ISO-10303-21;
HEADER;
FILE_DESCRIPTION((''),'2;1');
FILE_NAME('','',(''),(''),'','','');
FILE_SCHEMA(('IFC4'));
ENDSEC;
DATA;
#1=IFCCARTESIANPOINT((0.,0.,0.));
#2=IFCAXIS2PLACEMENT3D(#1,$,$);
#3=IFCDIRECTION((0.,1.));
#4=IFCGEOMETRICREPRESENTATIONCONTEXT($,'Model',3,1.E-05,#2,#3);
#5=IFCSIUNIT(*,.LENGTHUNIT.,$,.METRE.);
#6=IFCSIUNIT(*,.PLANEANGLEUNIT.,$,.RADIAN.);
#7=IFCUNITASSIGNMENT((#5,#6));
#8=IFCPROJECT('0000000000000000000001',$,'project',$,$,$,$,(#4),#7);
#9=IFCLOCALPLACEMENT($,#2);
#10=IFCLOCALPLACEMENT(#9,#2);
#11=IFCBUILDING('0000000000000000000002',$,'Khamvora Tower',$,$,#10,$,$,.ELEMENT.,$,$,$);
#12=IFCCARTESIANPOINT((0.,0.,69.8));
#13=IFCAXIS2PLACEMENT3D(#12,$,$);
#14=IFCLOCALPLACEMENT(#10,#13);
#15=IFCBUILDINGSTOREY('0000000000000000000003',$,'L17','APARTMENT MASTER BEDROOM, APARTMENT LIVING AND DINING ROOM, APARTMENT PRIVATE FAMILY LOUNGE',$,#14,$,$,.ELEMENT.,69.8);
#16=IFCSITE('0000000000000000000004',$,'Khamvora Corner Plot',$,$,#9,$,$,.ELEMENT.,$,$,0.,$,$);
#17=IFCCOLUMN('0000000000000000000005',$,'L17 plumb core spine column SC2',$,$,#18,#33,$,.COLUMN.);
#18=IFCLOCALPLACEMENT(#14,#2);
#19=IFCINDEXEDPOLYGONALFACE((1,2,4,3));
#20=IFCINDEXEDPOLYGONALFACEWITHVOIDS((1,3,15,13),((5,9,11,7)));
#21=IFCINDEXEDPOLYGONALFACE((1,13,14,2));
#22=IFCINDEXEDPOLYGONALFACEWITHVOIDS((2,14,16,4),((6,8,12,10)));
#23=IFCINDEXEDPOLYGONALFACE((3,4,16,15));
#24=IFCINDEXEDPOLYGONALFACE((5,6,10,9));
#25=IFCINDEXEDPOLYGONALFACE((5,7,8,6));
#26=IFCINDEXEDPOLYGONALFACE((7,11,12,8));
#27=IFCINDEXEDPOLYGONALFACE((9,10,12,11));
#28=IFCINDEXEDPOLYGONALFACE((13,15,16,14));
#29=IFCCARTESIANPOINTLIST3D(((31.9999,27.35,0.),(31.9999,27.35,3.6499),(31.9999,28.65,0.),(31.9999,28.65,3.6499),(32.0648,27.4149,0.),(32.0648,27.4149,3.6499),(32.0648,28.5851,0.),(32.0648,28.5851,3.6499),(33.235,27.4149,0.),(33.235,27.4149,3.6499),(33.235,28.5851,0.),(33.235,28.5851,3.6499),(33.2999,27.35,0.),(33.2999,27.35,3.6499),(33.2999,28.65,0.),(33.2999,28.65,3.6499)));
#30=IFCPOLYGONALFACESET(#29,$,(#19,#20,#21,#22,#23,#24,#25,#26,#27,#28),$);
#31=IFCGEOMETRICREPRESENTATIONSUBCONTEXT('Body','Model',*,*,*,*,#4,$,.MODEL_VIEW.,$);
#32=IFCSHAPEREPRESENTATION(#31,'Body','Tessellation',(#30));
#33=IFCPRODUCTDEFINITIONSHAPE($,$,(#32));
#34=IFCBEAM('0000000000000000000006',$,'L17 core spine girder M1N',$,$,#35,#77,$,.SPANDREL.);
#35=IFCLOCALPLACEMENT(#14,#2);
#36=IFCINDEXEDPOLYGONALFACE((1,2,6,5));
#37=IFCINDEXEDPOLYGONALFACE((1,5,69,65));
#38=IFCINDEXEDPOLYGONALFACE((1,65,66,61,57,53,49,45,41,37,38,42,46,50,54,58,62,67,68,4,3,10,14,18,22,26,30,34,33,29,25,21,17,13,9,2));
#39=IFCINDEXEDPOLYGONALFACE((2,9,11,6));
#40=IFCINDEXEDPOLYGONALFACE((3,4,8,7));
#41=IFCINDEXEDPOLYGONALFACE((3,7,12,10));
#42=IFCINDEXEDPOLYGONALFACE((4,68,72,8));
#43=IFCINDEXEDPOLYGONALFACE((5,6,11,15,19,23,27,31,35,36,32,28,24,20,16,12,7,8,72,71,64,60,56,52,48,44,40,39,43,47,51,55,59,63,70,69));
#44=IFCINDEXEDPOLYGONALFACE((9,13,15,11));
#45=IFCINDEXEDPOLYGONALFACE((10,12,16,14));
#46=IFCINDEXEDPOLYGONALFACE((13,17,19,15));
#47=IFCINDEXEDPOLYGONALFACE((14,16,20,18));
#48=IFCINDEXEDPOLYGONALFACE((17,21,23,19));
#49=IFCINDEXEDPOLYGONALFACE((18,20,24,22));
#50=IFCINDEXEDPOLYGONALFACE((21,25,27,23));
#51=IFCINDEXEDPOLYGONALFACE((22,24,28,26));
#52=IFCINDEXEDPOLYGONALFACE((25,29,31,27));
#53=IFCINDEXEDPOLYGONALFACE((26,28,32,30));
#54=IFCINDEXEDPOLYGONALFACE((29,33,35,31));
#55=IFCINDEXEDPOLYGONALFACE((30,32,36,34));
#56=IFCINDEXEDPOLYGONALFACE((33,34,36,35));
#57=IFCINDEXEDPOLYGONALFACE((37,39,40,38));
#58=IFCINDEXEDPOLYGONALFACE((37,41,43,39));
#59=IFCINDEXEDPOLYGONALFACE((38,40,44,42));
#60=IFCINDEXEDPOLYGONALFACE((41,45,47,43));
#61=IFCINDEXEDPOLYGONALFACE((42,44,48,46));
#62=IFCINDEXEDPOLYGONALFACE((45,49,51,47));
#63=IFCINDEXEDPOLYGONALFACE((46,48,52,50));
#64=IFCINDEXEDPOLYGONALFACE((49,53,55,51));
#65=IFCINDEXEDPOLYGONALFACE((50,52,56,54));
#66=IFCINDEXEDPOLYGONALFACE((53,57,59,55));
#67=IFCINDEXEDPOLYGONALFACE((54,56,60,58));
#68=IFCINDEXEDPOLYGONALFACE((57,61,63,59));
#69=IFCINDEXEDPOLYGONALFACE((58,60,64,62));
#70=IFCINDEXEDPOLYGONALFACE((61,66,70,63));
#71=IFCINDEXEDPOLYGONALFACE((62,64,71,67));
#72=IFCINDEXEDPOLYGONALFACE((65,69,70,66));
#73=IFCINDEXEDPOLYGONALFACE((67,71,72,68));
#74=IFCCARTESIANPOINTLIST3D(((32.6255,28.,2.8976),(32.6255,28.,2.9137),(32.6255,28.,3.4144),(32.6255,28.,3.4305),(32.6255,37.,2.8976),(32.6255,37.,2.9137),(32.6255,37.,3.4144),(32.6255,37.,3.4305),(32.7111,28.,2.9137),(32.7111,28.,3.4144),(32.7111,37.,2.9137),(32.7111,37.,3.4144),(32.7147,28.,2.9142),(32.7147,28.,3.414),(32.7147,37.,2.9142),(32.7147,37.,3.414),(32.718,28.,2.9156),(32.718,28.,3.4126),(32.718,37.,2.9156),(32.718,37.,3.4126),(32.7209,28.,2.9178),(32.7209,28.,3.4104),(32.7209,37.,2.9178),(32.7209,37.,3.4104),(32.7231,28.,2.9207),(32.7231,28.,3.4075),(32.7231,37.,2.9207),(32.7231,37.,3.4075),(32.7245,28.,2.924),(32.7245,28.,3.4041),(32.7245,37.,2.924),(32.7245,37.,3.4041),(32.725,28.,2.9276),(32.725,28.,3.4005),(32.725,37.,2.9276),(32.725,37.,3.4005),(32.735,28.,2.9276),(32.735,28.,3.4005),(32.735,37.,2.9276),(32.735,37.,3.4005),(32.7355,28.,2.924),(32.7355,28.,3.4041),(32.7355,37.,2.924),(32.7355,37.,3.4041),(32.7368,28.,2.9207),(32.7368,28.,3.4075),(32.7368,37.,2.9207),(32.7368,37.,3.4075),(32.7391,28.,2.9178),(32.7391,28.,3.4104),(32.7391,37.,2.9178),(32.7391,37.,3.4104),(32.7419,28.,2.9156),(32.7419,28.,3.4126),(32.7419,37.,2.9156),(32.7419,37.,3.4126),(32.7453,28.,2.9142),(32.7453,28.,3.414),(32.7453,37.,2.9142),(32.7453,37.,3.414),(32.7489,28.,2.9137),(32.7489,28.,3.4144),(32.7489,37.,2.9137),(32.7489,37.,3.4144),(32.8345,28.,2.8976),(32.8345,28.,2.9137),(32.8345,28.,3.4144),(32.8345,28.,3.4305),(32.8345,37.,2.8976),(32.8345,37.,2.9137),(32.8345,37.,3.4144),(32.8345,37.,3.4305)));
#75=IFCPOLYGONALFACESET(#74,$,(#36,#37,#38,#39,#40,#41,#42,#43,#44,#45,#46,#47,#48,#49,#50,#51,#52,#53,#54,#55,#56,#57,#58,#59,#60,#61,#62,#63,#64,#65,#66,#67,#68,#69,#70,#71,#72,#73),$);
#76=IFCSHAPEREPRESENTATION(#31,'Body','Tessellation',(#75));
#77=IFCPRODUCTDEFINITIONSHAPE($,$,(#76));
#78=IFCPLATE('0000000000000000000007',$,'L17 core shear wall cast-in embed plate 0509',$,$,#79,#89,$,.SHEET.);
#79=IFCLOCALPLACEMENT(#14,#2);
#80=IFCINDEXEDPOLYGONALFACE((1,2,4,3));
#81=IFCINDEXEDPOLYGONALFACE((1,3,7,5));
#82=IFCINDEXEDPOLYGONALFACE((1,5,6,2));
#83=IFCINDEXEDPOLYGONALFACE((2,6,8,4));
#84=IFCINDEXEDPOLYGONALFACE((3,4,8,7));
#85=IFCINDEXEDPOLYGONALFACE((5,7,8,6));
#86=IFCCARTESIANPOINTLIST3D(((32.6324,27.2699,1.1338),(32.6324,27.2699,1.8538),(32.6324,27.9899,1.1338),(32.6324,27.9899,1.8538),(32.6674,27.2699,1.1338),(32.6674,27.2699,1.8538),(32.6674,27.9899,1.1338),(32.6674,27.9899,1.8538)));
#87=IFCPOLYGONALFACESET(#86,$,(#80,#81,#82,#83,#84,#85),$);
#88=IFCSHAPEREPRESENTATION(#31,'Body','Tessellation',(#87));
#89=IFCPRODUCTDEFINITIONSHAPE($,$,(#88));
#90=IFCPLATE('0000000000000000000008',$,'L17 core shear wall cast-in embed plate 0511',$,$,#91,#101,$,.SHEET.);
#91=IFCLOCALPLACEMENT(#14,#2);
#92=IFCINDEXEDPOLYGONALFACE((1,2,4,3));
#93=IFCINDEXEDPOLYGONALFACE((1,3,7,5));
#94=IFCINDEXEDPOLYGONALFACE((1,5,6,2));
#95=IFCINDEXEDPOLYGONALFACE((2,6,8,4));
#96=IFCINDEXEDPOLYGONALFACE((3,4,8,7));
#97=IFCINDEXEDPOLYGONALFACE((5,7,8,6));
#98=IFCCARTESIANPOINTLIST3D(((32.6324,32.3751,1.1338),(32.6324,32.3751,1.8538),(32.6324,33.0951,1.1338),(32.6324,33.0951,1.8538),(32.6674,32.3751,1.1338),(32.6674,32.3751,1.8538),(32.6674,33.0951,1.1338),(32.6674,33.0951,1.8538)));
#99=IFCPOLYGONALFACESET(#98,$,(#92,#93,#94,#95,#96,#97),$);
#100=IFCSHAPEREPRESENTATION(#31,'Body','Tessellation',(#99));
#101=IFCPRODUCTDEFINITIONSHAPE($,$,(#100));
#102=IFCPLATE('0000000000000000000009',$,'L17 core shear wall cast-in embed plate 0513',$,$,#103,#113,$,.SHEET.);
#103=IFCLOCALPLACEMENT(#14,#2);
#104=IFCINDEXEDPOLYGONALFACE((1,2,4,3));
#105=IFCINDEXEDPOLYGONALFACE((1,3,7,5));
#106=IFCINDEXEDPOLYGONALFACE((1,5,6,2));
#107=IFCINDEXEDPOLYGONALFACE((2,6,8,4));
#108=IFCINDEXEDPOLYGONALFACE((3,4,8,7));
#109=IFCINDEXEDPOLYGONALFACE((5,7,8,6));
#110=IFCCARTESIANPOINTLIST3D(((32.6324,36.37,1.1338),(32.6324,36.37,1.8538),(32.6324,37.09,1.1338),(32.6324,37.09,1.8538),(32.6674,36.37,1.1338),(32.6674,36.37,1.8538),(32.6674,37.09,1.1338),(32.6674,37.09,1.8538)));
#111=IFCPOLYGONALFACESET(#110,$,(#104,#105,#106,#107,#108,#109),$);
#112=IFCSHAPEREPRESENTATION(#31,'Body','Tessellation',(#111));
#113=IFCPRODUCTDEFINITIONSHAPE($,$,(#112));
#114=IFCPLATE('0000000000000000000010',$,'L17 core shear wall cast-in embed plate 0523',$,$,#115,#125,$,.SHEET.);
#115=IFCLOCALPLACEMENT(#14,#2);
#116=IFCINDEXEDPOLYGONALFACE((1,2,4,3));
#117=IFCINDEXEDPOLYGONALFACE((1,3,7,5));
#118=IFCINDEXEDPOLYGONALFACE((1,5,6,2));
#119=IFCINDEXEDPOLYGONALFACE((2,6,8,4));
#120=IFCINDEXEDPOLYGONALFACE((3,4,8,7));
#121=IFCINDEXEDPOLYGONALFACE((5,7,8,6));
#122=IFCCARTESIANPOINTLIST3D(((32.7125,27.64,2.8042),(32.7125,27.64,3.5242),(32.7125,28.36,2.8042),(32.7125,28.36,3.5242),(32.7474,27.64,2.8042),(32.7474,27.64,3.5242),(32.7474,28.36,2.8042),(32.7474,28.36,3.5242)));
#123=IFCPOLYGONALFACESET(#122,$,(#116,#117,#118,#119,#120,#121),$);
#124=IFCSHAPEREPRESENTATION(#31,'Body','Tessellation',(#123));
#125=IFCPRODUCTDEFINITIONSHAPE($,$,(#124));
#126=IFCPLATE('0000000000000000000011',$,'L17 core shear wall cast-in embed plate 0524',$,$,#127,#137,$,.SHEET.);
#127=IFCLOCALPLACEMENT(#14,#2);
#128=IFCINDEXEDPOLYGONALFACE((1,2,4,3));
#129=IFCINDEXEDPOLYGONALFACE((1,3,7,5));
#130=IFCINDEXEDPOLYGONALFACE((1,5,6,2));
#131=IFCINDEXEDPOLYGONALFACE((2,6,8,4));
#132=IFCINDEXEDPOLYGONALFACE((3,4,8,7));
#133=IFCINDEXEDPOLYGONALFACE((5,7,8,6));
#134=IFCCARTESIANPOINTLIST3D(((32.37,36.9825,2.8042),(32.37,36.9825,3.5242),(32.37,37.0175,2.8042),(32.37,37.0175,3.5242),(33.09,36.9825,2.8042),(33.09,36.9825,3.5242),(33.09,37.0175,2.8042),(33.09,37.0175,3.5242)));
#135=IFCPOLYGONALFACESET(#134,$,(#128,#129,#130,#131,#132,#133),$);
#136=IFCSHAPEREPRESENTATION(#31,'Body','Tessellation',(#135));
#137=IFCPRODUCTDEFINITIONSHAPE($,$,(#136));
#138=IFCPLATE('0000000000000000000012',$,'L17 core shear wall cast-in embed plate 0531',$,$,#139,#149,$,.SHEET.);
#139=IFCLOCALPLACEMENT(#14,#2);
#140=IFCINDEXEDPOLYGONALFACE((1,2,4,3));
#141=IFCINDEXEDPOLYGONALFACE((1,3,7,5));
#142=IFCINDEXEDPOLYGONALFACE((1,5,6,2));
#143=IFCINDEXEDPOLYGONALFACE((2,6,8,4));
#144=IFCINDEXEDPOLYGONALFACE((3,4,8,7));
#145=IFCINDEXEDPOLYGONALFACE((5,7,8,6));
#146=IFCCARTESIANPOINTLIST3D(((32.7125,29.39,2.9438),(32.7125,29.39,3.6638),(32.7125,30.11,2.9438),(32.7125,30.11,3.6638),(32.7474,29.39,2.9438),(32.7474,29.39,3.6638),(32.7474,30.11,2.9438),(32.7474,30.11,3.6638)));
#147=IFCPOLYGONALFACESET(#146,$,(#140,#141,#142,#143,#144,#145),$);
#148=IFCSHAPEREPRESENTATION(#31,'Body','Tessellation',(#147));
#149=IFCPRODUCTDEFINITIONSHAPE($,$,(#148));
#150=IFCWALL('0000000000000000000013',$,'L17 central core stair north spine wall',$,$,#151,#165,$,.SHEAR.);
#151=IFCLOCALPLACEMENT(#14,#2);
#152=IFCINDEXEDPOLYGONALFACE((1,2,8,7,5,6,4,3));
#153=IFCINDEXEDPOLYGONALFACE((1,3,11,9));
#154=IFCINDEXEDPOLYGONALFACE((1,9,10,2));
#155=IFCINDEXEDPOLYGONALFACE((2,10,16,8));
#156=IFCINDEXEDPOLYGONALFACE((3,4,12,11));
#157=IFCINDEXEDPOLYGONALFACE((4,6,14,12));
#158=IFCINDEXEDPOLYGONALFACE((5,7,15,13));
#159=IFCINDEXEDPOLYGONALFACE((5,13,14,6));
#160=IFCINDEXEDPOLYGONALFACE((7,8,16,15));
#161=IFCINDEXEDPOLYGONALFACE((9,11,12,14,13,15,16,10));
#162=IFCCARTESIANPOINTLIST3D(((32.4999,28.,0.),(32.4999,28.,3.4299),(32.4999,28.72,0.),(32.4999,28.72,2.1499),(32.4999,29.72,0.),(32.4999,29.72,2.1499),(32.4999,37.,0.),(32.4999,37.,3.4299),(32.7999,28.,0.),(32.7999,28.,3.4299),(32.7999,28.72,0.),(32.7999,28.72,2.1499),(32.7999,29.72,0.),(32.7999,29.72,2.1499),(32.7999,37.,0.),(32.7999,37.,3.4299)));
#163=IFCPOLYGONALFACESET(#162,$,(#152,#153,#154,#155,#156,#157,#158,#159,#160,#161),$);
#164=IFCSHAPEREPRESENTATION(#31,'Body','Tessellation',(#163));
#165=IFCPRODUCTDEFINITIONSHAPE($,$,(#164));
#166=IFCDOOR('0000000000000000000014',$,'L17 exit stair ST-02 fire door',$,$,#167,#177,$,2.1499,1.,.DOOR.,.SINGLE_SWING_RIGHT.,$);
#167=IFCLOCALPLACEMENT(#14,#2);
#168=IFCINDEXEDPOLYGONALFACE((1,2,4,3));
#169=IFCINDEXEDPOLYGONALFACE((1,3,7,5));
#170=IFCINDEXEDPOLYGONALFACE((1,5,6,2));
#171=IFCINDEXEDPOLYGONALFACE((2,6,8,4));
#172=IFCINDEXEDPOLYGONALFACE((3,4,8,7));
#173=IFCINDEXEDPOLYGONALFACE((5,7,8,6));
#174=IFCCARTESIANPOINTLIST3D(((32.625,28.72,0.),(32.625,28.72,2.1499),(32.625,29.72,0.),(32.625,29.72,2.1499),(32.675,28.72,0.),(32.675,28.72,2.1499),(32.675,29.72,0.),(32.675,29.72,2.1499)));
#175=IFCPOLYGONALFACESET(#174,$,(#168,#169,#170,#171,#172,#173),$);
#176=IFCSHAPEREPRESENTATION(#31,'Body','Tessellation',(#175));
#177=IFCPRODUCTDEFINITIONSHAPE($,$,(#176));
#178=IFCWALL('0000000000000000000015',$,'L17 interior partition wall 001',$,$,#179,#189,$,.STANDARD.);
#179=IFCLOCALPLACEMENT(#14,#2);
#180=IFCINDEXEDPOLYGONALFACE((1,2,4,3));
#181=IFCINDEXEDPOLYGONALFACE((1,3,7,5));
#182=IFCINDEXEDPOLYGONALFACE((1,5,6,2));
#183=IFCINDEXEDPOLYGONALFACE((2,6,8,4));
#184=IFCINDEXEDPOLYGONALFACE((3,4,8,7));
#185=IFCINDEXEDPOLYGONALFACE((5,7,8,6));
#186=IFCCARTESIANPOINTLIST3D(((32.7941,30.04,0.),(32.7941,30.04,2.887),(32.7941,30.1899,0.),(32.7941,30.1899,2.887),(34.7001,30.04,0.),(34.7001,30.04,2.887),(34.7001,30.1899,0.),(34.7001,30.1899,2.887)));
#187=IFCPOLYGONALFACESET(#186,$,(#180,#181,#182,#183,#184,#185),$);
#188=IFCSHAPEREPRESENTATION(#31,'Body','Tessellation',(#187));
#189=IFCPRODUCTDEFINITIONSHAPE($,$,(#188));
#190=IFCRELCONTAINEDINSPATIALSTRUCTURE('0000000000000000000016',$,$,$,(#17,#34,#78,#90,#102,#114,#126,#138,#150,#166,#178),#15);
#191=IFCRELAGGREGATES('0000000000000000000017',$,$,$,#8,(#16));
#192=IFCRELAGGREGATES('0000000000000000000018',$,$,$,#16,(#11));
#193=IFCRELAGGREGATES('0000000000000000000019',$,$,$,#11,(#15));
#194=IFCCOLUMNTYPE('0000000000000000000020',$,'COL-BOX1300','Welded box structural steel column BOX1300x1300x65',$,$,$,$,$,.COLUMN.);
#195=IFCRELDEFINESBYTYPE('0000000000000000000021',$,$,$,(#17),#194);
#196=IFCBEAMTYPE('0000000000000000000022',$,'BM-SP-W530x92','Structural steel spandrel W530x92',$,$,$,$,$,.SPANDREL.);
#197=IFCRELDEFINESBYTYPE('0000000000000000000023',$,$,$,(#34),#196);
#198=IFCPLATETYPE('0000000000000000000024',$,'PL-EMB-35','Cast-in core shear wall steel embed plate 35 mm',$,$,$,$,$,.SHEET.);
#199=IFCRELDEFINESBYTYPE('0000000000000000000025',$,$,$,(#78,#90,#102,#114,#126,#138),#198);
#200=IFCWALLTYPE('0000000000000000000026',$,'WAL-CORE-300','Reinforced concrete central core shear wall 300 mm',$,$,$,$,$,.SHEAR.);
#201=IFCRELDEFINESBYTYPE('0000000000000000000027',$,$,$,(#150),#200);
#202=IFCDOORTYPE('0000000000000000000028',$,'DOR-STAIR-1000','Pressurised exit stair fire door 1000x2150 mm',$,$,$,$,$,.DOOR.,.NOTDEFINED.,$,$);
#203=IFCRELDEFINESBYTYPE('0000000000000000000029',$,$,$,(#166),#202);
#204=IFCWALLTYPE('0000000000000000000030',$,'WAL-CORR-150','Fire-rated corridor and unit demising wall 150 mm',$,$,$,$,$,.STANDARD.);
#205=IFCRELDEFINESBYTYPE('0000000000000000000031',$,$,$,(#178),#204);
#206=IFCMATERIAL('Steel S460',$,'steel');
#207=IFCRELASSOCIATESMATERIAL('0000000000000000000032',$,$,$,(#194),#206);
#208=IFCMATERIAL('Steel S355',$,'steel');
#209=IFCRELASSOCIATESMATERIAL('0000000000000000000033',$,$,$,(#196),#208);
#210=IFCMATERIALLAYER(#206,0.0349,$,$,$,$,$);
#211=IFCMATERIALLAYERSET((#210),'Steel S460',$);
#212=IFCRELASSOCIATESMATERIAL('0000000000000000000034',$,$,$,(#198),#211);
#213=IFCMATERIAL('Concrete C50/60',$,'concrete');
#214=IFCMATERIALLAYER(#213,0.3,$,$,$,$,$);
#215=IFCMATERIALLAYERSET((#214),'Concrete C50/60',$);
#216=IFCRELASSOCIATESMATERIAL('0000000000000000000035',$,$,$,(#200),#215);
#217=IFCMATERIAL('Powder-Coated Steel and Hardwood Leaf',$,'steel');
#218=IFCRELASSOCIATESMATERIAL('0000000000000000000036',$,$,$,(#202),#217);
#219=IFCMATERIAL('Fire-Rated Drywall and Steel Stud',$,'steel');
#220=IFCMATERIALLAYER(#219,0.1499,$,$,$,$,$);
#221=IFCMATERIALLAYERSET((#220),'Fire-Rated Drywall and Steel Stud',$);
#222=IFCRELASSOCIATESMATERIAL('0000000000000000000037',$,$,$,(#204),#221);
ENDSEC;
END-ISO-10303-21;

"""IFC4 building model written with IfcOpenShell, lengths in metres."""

from ifc_helpers import new_model, si_unit, direction, frame, frame_2d, origin, origin_2d, place, context, subcontext, project, spatial, rectangle, hollow_rectangle, i_section, extrude, material, layer, layer_set, material_profile, profile_set, type_object, element, fill, save


model = new_model("IFC4")

# Units and contexts
model_context = context("Model", 3, precision=1e-05, world=origin(), true_north=direction((0.0, 1.0)))
body_context = subcontext(model_context, "Body", "Model", "MODEL_VIEW")
ifc_project = project(units=[si_unit("LENGTHUNIT", "METRE"), si_unit("PLANEANGLEUNIT", "RADIAN")], contexts=[model_context])

# Site, building, storey
site_placement = place(None, origin())
site = spatial("IfcSite", under=ifc_project, at=site_placement, Name="Khamvora Corner Plot", CompositionType="ELEMENT", RefElevation=0.0)
building_placement = place(site_placement, origin())
building = spatial("IfcBuilding", under=site, at=building_placement, Name="Khamvora Tower", CompositionType="ELEMENT")
storey_placement = place(building_placement, frame((0.0, 0.0, 69.8)))
storey = spatial("IfcBuildingStorey", under=building, at=storey_placement, Name="L17", Description="APARTMENT MASTER BEDROOM, APARTMENT LIVING AND DINING ROOM, APARTMENT PRIVATE FAMILY LOUNGE", CompositionType="ELEMENT", Elevation=69.8)

# Column
ifc_material_1 = material(Name="Steel S460", Category="steel")
ifc_material_profile_1 = material_profile(ifc_material_1, hollow_rectangle(XDim=1.3, YDim=1.3, WallThickness=0.0649, at=origin_2d()), Name="BOX1300x1300x65")
ifc_profile_set_1 = profile_set([ifc_material_profile_1], Name="Steel S460")
column_type = type_object("IfcColumnType", Name="COL-BOX1300", Description="Welded box structural steel column BOX1300x1300x65", PredefinedType="COLUMN", material=ifc_profile_set_1)
column_placement = place(storey_placement, frame((32.6499, 28.0, 0.0), z_axis=(0.0, 0.0, 1.0), x_axis=(1.0, 0.0, 0.0)))
element("IfcColumn", 1, at=column_placement, inside=storey, type_object=column_type, Name="L17 plumb core spine column SC2", PredefinedType="COLUMN", context=body_context, shape_type="SweptSolid", body=[
    extrude(hollow_rectangle(XDim=1.3, YDim=1.3, WallThickness=0.0649, at=origin_2d()), origin(), (0.0, 0.0, 1.0), 3.6499),
])

# Beam
ifc_material_2 = material(Name="Steel S355", Category="steel")
ifc_material_profile_2 = material_profile(ifc_material_2, i_section(OverallWidth=0.209, OverallDepth=0.533, WebThickness=0.01, FlangeThickness=0.0161, FilletRadius=0.0139, at=origin_2d()), Name="W530x92")
ifc_profile_set_2 = profile_set([ifc_material_profile_2], Name="Steel S355")
beam_type = type_object("IfcBeamType", Name="BM-SP-W530x92", Description="Structural steel spandrel W530x92", PredefinedType="SPANDREL", material=ifc_profile_set_2)
beam_placement = place(storey_placement, frame((32.73, 28.0, 3.1641), z_axis=(0.0, 1.0, 0.0), x_axis=(-1.0, 0.0, 0.0)))
element("IfcBeam", 2, at=beam_placement, inside=storey, type_object=beam_type, Name="L17 core spine girder M1N", PredefinedType="SPANDREL", context=body_context, shape_type="SweptSolid", body=[
    extrude(i_section(OverallWidth=0.209, OverallDepth=0.533, WebThickness=0.01, FlangeThickness=0.0161, FilletRadius=0.0139, at=origin_2d()), origin(), (0.0, 0.0, 1.0), 9.0),
])

# Plates
ifc_layer_1 = layer(ifc_material_1, 0.0349)
ifc_layer_set_1 = layer_set([ifc_layer_1], Name="Steel S460")
plate_type = type_object("IfcPlateType", Name="PL-EMB-35", Description="Cast-in core shear wall steel embed plate 35 mm", PredefinedType="SHEET", material=ifc_layer_set_1)
for number, where, z_axis, x_axis, name in (
    (3, (32.6499, 27.6299, 1.1338), (0.0, 0.0, 1.0), (1.0, 0.0, 0.0), "L17 core shear wall cast-in embed plate 0509"),
    (4, (32.6499, 32.7351, 1.1338), (0.0, 0.0, 1.0), (1.0, 0.0, 0.0), "L17 core shear wall cast-in embed plate 0511"),
    (5, (32.6499, 36.73, 1.1338), (0.0, 0.0, 1.0), (1.0, 0.0, 0.0), "L17 core shear wall cast-in embed plate 0513"),
    (6, (32.73, 28.0, 2.8042), (0.0, 0.0, 1.0), (1.0, 0.0, 0.0), "L17 core shear wall cast-in embed plate 0523"),
):
    element("IfcPlate", number, at=place(storey_placement, frame(where, z_axis=z_axis, x_axis=x_axis)), inside=storey, type_object=plate_type, Name=name, PredefinedType="SHEET", context=body_context, shape_type="SweptSolid", body=[
        extrude(rectangle(XDim=0.0349, YDim=0.72, at=origin_2d()), origin(), (0.0, 0.0, 1.0), 0.72),
    ])
plate_1_placement = place(storey_placement, frame((32.73, 37.0, 2.8042), z_axis=(0.0, 0.0, 1.0), x_axis=(1.0, 0.0, 0.0)))
element("IfcPlate", 7, at=plate_1_placement, inside=storey, type_object=plate_type, Name="L17 core shear wall cast-in embed plate 0524", PredefinedType="SHEET", context=body_context, shape_type="SweptSolid", body=[
    extrude(rectangle(XDim=0.72, YDim=0.0349, at=origin_2d()), origin(), (0.0, 0.0, 1.0), 0.72),
])
plate_2_placement = place(storey_placement, frame((32.73, 29.75, 2.9438), z_axis=(0.0, 0.0, 1.0), x_axis=(1.0, 0.0, 0.0)))
element("IfcPlate", 8, at=plate_2_placement, inside=storey, type_object=plate_type, Name="L17 core shear wall cast-in embed plate 0531", PredefinedType="SHEET", context=body_context, shape_type="SweptSolid", body=[
    extrude(rectangle(XDim=0.0349, YDim=0.72, at=origin_2d()), origin(), (0.0, 0.0, 1.0), 0.72),
])

# Wall, opening, door
ifc_material_3 = material(Name="Concrete C50/60", Category="concrete")
ifc_layer_2 = layer(ifc_material_3, 0.3)
ifc_layer_set_2 = layer_set([ifc_layer_2], Name="Concrete C50/60")
wall_type_1 = type_object("IfcWallType", Name="WAL-CORE-300", Description="Reinforced concrete central core shear wall 300 mm", PredefinedType="SHEAR", material=ifc_layer_set_2)
wall_1_placement = place(storey_placement, frame((32.6499, 28.0, 0.0), z_axis=(0.0, 0.0, 1.0), x_axis=(0.0, 1.0, 0.0)))
wall_1 = element("IfcWall", 9, at=wall_1_placement, inside=storey, type_object=wall_type_1, Name="L17 central core stair north spine wall", PredefinedType="SHEAR", context=body_context, shape_type="SweptSolid", body=[
    extrude(rectangle(XDim=9.0, YDim=0.3, at=frame_2d((4.5, 0.0))), origin(), (0.0, 0.0, 1.0), 3.4299),
])
opening_1_placement = place(wall_1_placement, frame((0.72, 0.0, 0.0)))
opening_1 = element("IfcOpeningElement", 10, at=opening_1_placement, cuts=wall_1, PredefinedType="OPENING", context=body_context, shape_type="SweptSolid", body=[
    extrude(rectangle(XDim=1.0, YDim=2.1499, at=frame_2d((0.5, 1.075))), frame((0.0, 0.1599, 0.0), z_axis=(0.0, -1.0, 0.0), x_axis=(1.0, 0.0, 0.0)), (0.0, 0.0, 1.0), 0.3201),
])
ifc_material_4 = material(Name="Powder-Coated Steel and Hardwood Leaf", Category="steel")
door_type_1 = type_object("IfcDoorType", Name="DOR-STAIR-1000", Description="Pressurised exit stair fire door 1000x2150 mm", OperationType="NOTDEFINED", PredefinedType="DOOR", material=ifc_material_4)
door_1_placement = place(opening_1_placement, origin())
door_1 = element("IfcDoor", 11, at=door_1_placement, inside=storey, type_object=door_type_1, Name="L17 exit stair ST-02 fire door", OperationType="SINGLE_SWING_RIGHT", OverallHeight=2.1499, OverallWidth=1.0, PredefinedType="DOOR", context=body_context, shape_type="SweptSolid", body=[
    extrude(rectangle(XDim=1.0, YDim=2.1499, at=frame_2d((0.5, 1.075))), frame((0.0, 0.0249, 0.0), z_axis=(0.0, -1.0, 0.0), x_axis=(1.0, 0.0, 0.0)), (0.0, 0.0, 1.0), 0.05),
])
fill(opening_1, door_1)

# Wall
ifc_material_5 = material(Name="Fire-Rated Drywall and Steel Stud", Category="steel")
ifc_layer_3 = layer(ifc_material_5, 0.1499)
ifc_layer_set_3 = layer_set([ifc_layer_3], Name="Fire-Rated Drywall and Steel Stud")
wall_type_2 = type_object("IfcWallType", Name="WAL-CORR-150", Description="Fire-rated corridor and unit demising wall 150 mm", PredefinedType="STANDARD", material=ifc_layer_set_3)
wall_2_placement = place(storey_placement, frame((32.7939, 30.115, 0.0), z_axis=(0.0, 0.0, 1.0), x_axis=(1.0, 0.0, 0.0)))
element("IfcWall", 12, at=wall_2_placement, inside=storey, type_object=wall_type_2, Name="L17 interior partition wall 001", PredefinedType="STANDARD", context=body_context, shape_type="SweptSolid", body=[
    extrude(rectangle(XDim=1.906, YDim=0.1499, at=frame_2d((0.9531, 0.0))), origin(), (0.0, 0.0, 1.0), 2.887),
])

save(model, "model.ifc")
